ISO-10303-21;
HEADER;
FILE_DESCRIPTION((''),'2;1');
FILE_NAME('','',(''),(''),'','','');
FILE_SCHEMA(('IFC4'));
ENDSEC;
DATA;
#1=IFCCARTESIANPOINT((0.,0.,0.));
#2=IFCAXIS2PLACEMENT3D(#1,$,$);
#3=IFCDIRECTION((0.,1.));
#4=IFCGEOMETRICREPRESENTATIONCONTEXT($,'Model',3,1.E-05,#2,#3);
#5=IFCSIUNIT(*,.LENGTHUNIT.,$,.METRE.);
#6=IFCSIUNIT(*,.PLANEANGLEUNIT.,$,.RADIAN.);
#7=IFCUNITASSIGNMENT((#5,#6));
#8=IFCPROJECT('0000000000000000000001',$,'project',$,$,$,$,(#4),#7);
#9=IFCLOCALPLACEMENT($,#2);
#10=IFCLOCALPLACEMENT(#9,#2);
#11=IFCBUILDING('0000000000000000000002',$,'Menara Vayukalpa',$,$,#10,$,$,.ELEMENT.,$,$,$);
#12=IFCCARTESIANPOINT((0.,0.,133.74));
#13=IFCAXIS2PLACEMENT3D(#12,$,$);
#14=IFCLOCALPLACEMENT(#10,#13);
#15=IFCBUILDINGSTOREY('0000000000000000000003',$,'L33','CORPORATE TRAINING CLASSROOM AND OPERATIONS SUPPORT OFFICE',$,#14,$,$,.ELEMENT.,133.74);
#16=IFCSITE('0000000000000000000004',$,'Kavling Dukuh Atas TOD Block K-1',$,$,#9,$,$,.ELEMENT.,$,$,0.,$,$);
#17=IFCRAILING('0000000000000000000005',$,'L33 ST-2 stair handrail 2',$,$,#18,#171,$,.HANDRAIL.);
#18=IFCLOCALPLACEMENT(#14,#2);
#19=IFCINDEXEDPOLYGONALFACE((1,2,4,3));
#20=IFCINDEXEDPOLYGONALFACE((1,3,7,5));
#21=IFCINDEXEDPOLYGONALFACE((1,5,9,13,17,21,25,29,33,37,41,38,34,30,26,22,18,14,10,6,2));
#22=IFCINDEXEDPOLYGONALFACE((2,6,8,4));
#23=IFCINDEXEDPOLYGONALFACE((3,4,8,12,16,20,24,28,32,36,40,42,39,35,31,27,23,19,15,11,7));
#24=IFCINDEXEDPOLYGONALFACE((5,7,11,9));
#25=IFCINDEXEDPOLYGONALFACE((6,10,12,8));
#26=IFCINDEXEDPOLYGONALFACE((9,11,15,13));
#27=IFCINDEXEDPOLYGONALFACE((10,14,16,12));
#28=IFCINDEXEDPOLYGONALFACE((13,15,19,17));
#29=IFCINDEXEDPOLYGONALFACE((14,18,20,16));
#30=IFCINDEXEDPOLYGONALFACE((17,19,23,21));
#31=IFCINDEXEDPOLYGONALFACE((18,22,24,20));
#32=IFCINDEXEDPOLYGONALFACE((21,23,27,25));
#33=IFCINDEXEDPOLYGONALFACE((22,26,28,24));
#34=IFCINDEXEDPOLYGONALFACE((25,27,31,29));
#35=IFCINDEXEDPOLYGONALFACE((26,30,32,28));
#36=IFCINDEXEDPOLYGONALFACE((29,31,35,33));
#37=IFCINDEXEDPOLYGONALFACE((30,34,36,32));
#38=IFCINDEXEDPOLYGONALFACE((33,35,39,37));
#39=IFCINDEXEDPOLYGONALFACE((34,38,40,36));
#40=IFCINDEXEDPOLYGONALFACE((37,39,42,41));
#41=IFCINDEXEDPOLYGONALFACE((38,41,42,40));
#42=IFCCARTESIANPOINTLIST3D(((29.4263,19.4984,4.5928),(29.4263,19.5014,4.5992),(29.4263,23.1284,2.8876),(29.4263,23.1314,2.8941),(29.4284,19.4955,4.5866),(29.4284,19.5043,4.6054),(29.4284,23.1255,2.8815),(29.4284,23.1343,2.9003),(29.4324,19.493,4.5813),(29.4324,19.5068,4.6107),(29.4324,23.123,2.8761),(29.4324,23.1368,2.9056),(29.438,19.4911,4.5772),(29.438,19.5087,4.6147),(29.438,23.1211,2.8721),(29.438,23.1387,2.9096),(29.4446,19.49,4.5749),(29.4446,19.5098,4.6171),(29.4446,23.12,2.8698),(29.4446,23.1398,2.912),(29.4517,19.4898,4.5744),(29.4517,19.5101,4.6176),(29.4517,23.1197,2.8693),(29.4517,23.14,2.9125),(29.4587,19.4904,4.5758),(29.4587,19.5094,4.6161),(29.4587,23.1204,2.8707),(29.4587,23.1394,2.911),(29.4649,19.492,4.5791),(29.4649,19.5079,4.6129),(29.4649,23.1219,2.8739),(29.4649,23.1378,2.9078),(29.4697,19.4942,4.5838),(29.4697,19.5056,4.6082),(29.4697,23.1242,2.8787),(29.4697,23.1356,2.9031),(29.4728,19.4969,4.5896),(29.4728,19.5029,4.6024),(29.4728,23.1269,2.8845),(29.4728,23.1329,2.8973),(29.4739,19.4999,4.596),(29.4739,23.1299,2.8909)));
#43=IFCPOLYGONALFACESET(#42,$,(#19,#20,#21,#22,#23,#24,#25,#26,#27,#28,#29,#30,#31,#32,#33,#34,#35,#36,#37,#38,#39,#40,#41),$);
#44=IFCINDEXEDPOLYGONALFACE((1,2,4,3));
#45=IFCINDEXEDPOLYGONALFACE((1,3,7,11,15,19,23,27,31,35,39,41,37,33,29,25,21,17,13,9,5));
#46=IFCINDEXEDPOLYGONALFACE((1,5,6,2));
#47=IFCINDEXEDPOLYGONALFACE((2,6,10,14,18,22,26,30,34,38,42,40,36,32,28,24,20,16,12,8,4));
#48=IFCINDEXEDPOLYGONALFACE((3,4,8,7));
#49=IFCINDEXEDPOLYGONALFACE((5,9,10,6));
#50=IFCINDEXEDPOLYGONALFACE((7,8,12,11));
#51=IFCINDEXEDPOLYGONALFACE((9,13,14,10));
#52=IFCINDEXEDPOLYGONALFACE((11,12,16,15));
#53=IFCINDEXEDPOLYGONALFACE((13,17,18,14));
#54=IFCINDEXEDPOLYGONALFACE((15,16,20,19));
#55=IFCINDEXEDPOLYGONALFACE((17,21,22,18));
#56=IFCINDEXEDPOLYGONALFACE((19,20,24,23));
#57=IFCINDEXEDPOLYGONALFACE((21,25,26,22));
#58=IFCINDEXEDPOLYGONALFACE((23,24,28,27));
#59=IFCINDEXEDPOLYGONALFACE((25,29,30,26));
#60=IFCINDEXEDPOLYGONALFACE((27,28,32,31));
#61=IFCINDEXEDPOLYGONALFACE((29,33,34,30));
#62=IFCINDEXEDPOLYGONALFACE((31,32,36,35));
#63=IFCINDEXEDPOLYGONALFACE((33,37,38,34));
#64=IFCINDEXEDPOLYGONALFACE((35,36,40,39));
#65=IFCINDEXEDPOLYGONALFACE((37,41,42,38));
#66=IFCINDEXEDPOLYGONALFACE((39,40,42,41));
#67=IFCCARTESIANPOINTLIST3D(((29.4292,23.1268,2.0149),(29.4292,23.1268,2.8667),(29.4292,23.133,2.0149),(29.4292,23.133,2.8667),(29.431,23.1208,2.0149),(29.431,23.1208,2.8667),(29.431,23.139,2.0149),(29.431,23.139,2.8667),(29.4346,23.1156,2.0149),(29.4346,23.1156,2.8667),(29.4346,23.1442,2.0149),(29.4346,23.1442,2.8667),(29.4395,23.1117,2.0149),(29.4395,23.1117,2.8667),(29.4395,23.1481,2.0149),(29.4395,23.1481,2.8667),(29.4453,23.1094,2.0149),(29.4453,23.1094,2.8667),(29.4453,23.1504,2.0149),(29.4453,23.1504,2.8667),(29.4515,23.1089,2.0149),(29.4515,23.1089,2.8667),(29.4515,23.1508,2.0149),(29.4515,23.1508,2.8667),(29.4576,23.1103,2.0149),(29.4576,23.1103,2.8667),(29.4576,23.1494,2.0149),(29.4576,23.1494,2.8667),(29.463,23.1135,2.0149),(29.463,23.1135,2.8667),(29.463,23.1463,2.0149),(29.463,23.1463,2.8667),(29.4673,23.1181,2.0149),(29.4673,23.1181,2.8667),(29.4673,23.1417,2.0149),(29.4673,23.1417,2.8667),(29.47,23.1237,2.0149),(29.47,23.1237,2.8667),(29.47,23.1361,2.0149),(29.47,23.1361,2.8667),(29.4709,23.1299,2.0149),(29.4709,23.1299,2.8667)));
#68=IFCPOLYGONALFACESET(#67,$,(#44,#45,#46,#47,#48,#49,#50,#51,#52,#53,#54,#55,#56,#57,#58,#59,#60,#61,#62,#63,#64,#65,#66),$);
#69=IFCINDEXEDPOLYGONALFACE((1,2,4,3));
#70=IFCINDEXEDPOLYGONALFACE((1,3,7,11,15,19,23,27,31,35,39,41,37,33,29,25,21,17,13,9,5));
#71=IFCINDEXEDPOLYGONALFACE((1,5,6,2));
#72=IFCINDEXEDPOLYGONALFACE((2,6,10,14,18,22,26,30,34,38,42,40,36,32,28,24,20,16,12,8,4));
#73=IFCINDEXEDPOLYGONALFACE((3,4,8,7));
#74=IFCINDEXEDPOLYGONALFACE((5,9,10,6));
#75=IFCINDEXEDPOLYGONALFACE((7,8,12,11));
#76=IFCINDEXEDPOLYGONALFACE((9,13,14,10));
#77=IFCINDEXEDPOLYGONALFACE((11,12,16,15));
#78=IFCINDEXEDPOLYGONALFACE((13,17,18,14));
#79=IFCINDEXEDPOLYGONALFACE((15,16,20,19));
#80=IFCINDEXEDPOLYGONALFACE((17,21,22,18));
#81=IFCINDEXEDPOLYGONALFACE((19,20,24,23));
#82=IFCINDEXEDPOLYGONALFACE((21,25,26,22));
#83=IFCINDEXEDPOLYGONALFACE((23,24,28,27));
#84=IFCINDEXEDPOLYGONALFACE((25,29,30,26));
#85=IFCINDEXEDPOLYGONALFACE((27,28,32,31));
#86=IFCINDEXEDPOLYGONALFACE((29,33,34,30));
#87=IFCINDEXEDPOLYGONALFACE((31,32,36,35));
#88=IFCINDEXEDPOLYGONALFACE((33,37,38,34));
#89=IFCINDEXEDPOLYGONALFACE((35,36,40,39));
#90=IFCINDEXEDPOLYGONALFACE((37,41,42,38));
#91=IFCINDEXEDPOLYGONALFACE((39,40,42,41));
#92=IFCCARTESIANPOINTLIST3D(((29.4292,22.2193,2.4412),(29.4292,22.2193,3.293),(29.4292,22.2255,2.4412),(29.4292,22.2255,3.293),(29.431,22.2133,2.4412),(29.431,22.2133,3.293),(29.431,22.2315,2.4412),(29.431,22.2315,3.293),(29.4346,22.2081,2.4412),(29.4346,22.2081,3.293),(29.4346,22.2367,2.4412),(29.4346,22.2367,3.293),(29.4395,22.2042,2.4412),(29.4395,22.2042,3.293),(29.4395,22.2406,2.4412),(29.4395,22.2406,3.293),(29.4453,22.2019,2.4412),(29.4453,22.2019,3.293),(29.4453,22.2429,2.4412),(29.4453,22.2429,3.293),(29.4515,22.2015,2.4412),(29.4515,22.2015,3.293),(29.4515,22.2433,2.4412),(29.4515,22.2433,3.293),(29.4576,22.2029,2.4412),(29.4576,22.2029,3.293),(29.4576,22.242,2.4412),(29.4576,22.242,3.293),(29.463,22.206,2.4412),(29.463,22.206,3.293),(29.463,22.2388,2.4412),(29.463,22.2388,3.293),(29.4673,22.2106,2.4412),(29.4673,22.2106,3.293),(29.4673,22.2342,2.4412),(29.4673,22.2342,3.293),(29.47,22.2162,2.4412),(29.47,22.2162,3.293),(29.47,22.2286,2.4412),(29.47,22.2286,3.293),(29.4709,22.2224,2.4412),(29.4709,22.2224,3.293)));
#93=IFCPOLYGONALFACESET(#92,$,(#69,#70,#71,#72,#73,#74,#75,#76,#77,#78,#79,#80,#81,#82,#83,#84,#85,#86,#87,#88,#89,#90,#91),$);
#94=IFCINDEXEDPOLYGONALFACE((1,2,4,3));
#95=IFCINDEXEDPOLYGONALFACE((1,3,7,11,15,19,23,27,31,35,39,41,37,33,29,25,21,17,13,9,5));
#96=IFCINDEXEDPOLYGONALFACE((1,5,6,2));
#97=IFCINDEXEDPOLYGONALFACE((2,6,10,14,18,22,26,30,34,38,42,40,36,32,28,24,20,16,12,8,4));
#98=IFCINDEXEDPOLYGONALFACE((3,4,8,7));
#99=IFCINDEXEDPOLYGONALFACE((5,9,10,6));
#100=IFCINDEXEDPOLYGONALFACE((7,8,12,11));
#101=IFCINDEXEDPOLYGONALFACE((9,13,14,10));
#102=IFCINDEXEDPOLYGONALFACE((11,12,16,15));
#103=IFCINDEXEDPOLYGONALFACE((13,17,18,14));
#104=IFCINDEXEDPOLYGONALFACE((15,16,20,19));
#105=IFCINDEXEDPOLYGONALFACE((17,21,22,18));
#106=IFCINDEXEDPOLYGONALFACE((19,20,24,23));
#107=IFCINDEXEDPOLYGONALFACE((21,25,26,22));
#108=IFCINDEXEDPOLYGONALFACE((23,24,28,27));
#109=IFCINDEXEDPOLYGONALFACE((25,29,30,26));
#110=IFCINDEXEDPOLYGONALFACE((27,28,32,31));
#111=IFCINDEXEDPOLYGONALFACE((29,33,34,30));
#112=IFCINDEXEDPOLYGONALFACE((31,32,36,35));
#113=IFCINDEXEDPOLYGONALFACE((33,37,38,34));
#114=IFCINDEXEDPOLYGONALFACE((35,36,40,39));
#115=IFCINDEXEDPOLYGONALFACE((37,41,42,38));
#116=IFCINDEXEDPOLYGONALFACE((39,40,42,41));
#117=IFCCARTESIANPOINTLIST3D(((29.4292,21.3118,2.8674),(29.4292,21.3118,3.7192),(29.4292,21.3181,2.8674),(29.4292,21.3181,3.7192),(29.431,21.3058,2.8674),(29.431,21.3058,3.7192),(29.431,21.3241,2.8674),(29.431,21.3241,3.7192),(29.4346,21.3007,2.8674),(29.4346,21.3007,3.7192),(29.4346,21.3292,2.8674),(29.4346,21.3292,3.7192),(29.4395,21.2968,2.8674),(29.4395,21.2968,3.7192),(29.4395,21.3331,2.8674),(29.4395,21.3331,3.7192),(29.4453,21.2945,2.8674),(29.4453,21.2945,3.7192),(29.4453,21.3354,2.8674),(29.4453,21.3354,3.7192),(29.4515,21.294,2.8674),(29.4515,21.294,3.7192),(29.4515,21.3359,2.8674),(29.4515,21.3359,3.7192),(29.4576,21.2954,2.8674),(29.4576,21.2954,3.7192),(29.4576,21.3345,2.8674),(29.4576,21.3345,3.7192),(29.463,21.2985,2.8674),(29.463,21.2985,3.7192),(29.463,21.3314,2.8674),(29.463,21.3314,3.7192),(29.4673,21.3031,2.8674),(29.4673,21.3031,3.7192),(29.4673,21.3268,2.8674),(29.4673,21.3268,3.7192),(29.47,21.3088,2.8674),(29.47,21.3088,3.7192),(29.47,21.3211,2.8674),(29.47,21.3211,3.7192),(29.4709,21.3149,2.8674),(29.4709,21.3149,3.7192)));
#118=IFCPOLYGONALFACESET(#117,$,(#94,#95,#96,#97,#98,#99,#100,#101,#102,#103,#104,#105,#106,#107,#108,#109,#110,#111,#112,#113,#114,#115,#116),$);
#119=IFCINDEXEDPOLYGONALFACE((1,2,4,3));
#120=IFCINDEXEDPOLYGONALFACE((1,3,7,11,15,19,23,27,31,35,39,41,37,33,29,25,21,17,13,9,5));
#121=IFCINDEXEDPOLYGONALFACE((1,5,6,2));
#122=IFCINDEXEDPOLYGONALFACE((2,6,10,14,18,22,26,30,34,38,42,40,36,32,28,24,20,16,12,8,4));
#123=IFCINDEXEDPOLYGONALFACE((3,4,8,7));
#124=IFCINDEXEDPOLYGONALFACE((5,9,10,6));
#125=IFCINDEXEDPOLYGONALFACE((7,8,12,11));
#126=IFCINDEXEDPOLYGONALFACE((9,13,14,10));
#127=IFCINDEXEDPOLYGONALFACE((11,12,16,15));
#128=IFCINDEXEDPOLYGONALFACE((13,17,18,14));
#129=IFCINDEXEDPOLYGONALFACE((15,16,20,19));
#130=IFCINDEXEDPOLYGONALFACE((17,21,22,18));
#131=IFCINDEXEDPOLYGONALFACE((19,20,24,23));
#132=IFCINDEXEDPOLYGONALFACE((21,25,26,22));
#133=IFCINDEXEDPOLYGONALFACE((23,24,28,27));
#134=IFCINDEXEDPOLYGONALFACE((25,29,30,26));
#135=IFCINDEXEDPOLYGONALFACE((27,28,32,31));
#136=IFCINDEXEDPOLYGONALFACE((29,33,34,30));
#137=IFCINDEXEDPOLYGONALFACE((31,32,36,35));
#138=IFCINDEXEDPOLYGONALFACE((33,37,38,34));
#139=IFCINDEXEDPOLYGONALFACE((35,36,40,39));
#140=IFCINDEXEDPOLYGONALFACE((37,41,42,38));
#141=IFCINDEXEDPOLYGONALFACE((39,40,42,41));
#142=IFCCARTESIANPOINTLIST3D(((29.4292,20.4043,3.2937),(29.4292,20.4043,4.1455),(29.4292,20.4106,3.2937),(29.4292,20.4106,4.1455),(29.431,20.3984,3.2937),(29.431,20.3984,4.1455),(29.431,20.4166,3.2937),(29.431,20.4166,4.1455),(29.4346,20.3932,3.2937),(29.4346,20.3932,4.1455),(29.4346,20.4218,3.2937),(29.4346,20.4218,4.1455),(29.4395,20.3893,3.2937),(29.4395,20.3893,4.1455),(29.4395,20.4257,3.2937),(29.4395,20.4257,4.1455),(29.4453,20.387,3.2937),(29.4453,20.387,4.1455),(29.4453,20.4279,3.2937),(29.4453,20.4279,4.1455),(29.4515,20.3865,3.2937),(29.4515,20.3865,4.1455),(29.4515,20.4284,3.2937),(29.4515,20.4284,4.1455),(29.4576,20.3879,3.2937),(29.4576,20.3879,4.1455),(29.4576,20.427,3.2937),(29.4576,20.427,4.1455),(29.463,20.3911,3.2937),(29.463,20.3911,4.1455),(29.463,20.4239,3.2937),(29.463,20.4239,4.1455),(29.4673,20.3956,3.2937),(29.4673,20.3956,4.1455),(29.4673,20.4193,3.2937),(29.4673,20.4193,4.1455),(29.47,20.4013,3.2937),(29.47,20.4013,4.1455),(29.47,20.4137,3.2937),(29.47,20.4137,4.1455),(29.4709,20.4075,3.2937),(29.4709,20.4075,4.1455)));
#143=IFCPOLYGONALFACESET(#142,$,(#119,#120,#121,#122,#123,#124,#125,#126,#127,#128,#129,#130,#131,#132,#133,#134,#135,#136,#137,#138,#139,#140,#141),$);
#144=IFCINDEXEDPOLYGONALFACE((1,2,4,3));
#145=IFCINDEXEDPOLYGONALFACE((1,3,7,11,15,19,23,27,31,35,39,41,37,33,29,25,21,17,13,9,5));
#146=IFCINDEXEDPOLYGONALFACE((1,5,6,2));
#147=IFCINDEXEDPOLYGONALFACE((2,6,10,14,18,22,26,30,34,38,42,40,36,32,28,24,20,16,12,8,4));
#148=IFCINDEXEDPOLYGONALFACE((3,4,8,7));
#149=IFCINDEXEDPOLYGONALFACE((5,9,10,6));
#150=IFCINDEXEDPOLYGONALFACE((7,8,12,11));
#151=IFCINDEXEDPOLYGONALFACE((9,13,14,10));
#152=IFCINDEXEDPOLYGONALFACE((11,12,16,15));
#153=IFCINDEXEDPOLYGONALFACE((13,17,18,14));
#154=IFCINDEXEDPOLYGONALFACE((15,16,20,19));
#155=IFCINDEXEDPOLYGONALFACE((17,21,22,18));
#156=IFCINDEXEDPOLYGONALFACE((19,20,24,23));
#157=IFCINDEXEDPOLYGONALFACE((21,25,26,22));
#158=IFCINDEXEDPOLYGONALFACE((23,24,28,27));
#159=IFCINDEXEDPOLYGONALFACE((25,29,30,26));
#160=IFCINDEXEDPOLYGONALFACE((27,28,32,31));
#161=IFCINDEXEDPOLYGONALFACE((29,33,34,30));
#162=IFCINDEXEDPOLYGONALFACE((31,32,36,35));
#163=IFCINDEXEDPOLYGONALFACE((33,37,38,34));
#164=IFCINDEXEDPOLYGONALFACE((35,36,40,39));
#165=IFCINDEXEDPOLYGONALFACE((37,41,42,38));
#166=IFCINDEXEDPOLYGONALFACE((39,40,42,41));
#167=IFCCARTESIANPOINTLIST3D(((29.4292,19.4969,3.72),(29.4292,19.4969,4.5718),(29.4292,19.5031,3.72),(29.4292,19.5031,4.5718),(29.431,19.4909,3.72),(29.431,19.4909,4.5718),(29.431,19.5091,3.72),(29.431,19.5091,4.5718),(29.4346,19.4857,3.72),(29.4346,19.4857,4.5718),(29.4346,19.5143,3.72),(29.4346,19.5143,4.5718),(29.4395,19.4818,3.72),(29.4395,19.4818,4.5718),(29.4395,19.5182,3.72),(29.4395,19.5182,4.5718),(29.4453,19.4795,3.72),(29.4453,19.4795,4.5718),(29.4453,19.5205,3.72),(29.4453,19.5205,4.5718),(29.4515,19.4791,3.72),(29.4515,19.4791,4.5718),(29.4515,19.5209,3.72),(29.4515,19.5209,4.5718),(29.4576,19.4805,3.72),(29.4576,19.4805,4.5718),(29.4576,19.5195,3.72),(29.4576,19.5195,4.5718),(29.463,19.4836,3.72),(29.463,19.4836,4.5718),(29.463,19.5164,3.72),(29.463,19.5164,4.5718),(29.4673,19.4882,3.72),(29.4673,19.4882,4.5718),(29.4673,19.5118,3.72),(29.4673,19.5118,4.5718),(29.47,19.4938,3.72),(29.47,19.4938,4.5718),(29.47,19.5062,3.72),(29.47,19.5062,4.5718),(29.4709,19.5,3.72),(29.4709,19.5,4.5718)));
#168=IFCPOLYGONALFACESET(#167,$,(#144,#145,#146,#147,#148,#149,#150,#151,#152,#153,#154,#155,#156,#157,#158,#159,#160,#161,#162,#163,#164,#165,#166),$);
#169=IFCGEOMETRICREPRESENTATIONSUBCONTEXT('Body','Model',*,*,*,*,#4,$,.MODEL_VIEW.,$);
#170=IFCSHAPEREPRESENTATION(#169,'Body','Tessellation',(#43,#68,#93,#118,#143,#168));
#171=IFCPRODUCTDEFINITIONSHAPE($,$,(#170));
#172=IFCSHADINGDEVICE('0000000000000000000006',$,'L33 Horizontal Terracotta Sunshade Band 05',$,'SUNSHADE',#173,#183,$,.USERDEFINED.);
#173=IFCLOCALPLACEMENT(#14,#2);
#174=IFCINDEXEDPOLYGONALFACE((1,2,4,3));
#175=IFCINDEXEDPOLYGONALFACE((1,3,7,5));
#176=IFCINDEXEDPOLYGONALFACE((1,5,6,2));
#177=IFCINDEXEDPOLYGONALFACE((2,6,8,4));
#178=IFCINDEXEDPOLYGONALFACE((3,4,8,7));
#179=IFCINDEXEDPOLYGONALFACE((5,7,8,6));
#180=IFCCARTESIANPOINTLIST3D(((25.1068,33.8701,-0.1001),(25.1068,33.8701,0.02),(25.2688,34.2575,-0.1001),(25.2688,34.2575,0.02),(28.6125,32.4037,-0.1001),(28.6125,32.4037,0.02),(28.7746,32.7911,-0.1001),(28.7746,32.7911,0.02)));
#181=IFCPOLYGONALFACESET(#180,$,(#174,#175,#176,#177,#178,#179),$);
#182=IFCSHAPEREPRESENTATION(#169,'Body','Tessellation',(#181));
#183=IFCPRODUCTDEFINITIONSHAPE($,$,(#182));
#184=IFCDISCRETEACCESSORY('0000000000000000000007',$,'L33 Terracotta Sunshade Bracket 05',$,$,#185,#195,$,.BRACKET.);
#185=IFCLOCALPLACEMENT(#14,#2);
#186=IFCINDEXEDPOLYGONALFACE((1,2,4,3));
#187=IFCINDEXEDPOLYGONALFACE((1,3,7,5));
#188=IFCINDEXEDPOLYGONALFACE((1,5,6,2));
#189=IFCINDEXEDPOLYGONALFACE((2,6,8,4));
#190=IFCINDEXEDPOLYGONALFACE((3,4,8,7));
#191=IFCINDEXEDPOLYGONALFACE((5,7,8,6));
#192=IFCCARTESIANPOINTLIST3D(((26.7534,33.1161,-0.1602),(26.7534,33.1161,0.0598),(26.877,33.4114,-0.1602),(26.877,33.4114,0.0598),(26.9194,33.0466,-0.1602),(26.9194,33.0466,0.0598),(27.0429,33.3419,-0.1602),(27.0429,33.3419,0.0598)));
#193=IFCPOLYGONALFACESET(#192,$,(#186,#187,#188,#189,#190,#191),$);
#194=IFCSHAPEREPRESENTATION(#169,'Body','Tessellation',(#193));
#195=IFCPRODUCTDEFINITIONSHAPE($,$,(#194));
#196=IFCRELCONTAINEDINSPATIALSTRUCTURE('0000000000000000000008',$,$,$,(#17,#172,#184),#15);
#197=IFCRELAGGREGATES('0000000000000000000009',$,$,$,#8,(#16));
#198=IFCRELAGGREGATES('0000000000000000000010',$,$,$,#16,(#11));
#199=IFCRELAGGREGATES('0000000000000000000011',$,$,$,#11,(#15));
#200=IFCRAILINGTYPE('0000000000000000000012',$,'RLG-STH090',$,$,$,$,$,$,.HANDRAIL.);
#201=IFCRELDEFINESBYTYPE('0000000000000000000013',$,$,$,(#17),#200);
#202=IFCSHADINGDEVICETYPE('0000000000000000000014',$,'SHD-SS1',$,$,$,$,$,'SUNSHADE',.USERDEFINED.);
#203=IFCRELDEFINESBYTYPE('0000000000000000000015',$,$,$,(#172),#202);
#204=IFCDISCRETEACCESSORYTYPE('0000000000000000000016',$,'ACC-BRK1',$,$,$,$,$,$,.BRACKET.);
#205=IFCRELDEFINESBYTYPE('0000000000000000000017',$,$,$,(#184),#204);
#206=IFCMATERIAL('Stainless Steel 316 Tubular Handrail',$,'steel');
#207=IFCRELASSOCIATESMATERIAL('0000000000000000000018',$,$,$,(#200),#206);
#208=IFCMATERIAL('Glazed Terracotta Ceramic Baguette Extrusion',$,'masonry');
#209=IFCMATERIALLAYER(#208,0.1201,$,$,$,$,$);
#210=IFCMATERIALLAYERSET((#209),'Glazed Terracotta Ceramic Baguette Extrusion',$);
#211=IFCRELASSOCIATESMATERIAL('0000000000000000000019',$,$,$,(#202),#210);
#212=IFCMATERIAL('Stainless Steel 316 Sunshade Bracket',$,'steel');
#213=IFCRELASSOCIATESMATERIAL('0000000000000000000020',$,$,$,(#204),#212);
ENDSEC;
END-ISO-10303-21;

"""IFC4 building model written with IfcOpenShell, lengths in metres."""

from ifc_helpers import new_model, si_unit, direction, frame, origin, origin_2d, place, context, subcontext, project, spatial, rectangle, circle, extrude, material, layer, layer_set, type_object, element, save


model = new_model("IFC4")

# Units and contexts
model_context = context("Model", 3, precision=1e-05, world=origin(), true_north=direction((0.0, 1.0)))
body_context = subcontext(model_context, "Body", "Model", "MODEL_VIEW")
ifc_project = project(units=[si_unit("LENGTHUNIT", "METRE"), si_unit("PLANEANGLEUNIT", "RADIAN")], contexts=[model_context])

# Site, building, storey
site_placement = place(None, origin())
site = spatial("IfcSite", under=ifc_project, at=site_placement, Name="Kavling Dukuh Atas TOD Block K-1", CompositionType="ELEMENT", RefElevation=0.0)
building_placement = place(site_placement, origin())
building = spatial("IfcBuilding", under=site, at=building_placement, Name="Menara Vayukalpa", CompositionType="ELEMENT")
storey_placement = place(building_placement, frame((0.0, 0.0, 133.74)))
storey = spatial("IfcBuildingStorey", under=building, at=storey_placement, Name="L33", Description="CORPORATE TRAINING CLASSROOM AND OPERATIONS SUPPORT OFFICE", CompositionType="ELEMENT", Elevation=133.74)

# Railing
ifc_material_1 = material(Name="Stainless Steel 316 Tubular Handrail", Category="steel")
railing_type_1 = type_object("IfcRailingType", Name="RLG-STH090", PredefinedType="HANDRAIL", material=ifc_material_1)
railing_1_placement = place(storey_placement, frame((29.45, 23.1299, 2.0149)))
element("IfcRailing", 1, at=railing_1_placement, inside=storey, type_object=railing_type_1, Name="L33 ST-2 stair handrail 2", PredefinedType="HANDRAIL", context=body_context, shape_type="SweptSolid", body=[
    extrude(circle(Radius=0.0239, at=origin_2d()), frame((0.0, 0.0, 0.876), z_axis=(0.0, -0.905116, 0.425164), x_axis=(1.0, 0.0, 0.0)), (0.0, 0.0, 1.0), 4.0105),
    extrude(circle(Radius=0.021, at=origin_2d()), origin(), (0.0, 0.0, 1.0), 0.8518),
    extrude(circle(Radius=0.021, at=origin_2d()), frame((0.0, -0.9075, 0.4263)), (0.0, 0.0, 1.0), 0.8518),
    extrude(circle(Radius=0.021, at=origin_2d()), frame((0.0, -1.8149, 0.8525)), (0.0, 0.0, 1.0), 0.8518),
    extrude(circle(Radius=0.021, at=origin_2d()), frame((0.0, -2.7224, 1.2788)), (0.0, 0.0, 1.0), 0.8518),
    extrude(circle(Radius=0.021, at=origin_2d()), frame((0.0, -3.6299, 1.7051)), (0.0, 0.0, 1.0), 0.8518),
])

# Shading device
ifc_material_2 = material(Name="Glazed Terracotta Ceramic Baguette Extrusion", Category="masonry")
ifc_layer_1 = layer(ifc_material_2, 0.1201)
ifc_layer_set_1 = layer_set([ifc_layer_1], Name="Glazed Terracotta Ceramic Baguette Extrusion")
shading_device_type = type_object("IfcShadingDeviceType", Name="SHD-SS1", ElementType="SUNSHADE", PredefinedType="USERDEFINED", material=ifc_layer_set_1)
shading_device_placement = place(storey_placement, frame((26.9407, 33.3306, -0.1001), z_axis=(0.0, 0.0, 1.0), x_axis=(-0.922545, 0.38589, 0.0)))
element("IfcShadingDevice", 2, at=shading_device_placement, inside=storey, type_object=shading_device_type, Name="L33 Horizontal Terracotta Sunshade Band 05", ObjectType="SUNSHADE", PredefinedType="USERDEFINED", context=body_context, shape_type="SweptSolid", body=[
    extrude(rectangle(XDim=3.8, YDim=0.4199, at=origin_2d()), origin(), (0.0, 0.0, 1.0), 0.1201),
])

# Discrete accessory
ifc_material_3 = material(Name="Stainless Steel 316 Sunshade Bracket", Category="steel")
discrete_accessory_type = type_object("IfcDiscreteAccessoryType", Name="ACC-BRK1", PredefinedType="BRACKET", material=ifc_material_3)
discrete_accessory_placement = place(storey_placement, frame((26.8982, 33.229, -0.1602), z_axis=(0.0, 0.0, 1.0), x_axis=(-0.922545, 0.38589, 0.0)))
element("IfcDiscreteAccessory", 3, at=discrete_accessory_placement, inside=storey, type_object=discrete_accessory_type, Name="L33 Terracotta Sunshade Bracket 05", PredefinedType="BRACKET", context=body_context, shape_type="SweptSolid", body=[
    extrude(rectangle(XDim=0.1799, YDim=0.3201, at=origin_2d()), origin(), (0.0, 0.0, 1.0), 0.22),
])

save(model, "model.ifc")
